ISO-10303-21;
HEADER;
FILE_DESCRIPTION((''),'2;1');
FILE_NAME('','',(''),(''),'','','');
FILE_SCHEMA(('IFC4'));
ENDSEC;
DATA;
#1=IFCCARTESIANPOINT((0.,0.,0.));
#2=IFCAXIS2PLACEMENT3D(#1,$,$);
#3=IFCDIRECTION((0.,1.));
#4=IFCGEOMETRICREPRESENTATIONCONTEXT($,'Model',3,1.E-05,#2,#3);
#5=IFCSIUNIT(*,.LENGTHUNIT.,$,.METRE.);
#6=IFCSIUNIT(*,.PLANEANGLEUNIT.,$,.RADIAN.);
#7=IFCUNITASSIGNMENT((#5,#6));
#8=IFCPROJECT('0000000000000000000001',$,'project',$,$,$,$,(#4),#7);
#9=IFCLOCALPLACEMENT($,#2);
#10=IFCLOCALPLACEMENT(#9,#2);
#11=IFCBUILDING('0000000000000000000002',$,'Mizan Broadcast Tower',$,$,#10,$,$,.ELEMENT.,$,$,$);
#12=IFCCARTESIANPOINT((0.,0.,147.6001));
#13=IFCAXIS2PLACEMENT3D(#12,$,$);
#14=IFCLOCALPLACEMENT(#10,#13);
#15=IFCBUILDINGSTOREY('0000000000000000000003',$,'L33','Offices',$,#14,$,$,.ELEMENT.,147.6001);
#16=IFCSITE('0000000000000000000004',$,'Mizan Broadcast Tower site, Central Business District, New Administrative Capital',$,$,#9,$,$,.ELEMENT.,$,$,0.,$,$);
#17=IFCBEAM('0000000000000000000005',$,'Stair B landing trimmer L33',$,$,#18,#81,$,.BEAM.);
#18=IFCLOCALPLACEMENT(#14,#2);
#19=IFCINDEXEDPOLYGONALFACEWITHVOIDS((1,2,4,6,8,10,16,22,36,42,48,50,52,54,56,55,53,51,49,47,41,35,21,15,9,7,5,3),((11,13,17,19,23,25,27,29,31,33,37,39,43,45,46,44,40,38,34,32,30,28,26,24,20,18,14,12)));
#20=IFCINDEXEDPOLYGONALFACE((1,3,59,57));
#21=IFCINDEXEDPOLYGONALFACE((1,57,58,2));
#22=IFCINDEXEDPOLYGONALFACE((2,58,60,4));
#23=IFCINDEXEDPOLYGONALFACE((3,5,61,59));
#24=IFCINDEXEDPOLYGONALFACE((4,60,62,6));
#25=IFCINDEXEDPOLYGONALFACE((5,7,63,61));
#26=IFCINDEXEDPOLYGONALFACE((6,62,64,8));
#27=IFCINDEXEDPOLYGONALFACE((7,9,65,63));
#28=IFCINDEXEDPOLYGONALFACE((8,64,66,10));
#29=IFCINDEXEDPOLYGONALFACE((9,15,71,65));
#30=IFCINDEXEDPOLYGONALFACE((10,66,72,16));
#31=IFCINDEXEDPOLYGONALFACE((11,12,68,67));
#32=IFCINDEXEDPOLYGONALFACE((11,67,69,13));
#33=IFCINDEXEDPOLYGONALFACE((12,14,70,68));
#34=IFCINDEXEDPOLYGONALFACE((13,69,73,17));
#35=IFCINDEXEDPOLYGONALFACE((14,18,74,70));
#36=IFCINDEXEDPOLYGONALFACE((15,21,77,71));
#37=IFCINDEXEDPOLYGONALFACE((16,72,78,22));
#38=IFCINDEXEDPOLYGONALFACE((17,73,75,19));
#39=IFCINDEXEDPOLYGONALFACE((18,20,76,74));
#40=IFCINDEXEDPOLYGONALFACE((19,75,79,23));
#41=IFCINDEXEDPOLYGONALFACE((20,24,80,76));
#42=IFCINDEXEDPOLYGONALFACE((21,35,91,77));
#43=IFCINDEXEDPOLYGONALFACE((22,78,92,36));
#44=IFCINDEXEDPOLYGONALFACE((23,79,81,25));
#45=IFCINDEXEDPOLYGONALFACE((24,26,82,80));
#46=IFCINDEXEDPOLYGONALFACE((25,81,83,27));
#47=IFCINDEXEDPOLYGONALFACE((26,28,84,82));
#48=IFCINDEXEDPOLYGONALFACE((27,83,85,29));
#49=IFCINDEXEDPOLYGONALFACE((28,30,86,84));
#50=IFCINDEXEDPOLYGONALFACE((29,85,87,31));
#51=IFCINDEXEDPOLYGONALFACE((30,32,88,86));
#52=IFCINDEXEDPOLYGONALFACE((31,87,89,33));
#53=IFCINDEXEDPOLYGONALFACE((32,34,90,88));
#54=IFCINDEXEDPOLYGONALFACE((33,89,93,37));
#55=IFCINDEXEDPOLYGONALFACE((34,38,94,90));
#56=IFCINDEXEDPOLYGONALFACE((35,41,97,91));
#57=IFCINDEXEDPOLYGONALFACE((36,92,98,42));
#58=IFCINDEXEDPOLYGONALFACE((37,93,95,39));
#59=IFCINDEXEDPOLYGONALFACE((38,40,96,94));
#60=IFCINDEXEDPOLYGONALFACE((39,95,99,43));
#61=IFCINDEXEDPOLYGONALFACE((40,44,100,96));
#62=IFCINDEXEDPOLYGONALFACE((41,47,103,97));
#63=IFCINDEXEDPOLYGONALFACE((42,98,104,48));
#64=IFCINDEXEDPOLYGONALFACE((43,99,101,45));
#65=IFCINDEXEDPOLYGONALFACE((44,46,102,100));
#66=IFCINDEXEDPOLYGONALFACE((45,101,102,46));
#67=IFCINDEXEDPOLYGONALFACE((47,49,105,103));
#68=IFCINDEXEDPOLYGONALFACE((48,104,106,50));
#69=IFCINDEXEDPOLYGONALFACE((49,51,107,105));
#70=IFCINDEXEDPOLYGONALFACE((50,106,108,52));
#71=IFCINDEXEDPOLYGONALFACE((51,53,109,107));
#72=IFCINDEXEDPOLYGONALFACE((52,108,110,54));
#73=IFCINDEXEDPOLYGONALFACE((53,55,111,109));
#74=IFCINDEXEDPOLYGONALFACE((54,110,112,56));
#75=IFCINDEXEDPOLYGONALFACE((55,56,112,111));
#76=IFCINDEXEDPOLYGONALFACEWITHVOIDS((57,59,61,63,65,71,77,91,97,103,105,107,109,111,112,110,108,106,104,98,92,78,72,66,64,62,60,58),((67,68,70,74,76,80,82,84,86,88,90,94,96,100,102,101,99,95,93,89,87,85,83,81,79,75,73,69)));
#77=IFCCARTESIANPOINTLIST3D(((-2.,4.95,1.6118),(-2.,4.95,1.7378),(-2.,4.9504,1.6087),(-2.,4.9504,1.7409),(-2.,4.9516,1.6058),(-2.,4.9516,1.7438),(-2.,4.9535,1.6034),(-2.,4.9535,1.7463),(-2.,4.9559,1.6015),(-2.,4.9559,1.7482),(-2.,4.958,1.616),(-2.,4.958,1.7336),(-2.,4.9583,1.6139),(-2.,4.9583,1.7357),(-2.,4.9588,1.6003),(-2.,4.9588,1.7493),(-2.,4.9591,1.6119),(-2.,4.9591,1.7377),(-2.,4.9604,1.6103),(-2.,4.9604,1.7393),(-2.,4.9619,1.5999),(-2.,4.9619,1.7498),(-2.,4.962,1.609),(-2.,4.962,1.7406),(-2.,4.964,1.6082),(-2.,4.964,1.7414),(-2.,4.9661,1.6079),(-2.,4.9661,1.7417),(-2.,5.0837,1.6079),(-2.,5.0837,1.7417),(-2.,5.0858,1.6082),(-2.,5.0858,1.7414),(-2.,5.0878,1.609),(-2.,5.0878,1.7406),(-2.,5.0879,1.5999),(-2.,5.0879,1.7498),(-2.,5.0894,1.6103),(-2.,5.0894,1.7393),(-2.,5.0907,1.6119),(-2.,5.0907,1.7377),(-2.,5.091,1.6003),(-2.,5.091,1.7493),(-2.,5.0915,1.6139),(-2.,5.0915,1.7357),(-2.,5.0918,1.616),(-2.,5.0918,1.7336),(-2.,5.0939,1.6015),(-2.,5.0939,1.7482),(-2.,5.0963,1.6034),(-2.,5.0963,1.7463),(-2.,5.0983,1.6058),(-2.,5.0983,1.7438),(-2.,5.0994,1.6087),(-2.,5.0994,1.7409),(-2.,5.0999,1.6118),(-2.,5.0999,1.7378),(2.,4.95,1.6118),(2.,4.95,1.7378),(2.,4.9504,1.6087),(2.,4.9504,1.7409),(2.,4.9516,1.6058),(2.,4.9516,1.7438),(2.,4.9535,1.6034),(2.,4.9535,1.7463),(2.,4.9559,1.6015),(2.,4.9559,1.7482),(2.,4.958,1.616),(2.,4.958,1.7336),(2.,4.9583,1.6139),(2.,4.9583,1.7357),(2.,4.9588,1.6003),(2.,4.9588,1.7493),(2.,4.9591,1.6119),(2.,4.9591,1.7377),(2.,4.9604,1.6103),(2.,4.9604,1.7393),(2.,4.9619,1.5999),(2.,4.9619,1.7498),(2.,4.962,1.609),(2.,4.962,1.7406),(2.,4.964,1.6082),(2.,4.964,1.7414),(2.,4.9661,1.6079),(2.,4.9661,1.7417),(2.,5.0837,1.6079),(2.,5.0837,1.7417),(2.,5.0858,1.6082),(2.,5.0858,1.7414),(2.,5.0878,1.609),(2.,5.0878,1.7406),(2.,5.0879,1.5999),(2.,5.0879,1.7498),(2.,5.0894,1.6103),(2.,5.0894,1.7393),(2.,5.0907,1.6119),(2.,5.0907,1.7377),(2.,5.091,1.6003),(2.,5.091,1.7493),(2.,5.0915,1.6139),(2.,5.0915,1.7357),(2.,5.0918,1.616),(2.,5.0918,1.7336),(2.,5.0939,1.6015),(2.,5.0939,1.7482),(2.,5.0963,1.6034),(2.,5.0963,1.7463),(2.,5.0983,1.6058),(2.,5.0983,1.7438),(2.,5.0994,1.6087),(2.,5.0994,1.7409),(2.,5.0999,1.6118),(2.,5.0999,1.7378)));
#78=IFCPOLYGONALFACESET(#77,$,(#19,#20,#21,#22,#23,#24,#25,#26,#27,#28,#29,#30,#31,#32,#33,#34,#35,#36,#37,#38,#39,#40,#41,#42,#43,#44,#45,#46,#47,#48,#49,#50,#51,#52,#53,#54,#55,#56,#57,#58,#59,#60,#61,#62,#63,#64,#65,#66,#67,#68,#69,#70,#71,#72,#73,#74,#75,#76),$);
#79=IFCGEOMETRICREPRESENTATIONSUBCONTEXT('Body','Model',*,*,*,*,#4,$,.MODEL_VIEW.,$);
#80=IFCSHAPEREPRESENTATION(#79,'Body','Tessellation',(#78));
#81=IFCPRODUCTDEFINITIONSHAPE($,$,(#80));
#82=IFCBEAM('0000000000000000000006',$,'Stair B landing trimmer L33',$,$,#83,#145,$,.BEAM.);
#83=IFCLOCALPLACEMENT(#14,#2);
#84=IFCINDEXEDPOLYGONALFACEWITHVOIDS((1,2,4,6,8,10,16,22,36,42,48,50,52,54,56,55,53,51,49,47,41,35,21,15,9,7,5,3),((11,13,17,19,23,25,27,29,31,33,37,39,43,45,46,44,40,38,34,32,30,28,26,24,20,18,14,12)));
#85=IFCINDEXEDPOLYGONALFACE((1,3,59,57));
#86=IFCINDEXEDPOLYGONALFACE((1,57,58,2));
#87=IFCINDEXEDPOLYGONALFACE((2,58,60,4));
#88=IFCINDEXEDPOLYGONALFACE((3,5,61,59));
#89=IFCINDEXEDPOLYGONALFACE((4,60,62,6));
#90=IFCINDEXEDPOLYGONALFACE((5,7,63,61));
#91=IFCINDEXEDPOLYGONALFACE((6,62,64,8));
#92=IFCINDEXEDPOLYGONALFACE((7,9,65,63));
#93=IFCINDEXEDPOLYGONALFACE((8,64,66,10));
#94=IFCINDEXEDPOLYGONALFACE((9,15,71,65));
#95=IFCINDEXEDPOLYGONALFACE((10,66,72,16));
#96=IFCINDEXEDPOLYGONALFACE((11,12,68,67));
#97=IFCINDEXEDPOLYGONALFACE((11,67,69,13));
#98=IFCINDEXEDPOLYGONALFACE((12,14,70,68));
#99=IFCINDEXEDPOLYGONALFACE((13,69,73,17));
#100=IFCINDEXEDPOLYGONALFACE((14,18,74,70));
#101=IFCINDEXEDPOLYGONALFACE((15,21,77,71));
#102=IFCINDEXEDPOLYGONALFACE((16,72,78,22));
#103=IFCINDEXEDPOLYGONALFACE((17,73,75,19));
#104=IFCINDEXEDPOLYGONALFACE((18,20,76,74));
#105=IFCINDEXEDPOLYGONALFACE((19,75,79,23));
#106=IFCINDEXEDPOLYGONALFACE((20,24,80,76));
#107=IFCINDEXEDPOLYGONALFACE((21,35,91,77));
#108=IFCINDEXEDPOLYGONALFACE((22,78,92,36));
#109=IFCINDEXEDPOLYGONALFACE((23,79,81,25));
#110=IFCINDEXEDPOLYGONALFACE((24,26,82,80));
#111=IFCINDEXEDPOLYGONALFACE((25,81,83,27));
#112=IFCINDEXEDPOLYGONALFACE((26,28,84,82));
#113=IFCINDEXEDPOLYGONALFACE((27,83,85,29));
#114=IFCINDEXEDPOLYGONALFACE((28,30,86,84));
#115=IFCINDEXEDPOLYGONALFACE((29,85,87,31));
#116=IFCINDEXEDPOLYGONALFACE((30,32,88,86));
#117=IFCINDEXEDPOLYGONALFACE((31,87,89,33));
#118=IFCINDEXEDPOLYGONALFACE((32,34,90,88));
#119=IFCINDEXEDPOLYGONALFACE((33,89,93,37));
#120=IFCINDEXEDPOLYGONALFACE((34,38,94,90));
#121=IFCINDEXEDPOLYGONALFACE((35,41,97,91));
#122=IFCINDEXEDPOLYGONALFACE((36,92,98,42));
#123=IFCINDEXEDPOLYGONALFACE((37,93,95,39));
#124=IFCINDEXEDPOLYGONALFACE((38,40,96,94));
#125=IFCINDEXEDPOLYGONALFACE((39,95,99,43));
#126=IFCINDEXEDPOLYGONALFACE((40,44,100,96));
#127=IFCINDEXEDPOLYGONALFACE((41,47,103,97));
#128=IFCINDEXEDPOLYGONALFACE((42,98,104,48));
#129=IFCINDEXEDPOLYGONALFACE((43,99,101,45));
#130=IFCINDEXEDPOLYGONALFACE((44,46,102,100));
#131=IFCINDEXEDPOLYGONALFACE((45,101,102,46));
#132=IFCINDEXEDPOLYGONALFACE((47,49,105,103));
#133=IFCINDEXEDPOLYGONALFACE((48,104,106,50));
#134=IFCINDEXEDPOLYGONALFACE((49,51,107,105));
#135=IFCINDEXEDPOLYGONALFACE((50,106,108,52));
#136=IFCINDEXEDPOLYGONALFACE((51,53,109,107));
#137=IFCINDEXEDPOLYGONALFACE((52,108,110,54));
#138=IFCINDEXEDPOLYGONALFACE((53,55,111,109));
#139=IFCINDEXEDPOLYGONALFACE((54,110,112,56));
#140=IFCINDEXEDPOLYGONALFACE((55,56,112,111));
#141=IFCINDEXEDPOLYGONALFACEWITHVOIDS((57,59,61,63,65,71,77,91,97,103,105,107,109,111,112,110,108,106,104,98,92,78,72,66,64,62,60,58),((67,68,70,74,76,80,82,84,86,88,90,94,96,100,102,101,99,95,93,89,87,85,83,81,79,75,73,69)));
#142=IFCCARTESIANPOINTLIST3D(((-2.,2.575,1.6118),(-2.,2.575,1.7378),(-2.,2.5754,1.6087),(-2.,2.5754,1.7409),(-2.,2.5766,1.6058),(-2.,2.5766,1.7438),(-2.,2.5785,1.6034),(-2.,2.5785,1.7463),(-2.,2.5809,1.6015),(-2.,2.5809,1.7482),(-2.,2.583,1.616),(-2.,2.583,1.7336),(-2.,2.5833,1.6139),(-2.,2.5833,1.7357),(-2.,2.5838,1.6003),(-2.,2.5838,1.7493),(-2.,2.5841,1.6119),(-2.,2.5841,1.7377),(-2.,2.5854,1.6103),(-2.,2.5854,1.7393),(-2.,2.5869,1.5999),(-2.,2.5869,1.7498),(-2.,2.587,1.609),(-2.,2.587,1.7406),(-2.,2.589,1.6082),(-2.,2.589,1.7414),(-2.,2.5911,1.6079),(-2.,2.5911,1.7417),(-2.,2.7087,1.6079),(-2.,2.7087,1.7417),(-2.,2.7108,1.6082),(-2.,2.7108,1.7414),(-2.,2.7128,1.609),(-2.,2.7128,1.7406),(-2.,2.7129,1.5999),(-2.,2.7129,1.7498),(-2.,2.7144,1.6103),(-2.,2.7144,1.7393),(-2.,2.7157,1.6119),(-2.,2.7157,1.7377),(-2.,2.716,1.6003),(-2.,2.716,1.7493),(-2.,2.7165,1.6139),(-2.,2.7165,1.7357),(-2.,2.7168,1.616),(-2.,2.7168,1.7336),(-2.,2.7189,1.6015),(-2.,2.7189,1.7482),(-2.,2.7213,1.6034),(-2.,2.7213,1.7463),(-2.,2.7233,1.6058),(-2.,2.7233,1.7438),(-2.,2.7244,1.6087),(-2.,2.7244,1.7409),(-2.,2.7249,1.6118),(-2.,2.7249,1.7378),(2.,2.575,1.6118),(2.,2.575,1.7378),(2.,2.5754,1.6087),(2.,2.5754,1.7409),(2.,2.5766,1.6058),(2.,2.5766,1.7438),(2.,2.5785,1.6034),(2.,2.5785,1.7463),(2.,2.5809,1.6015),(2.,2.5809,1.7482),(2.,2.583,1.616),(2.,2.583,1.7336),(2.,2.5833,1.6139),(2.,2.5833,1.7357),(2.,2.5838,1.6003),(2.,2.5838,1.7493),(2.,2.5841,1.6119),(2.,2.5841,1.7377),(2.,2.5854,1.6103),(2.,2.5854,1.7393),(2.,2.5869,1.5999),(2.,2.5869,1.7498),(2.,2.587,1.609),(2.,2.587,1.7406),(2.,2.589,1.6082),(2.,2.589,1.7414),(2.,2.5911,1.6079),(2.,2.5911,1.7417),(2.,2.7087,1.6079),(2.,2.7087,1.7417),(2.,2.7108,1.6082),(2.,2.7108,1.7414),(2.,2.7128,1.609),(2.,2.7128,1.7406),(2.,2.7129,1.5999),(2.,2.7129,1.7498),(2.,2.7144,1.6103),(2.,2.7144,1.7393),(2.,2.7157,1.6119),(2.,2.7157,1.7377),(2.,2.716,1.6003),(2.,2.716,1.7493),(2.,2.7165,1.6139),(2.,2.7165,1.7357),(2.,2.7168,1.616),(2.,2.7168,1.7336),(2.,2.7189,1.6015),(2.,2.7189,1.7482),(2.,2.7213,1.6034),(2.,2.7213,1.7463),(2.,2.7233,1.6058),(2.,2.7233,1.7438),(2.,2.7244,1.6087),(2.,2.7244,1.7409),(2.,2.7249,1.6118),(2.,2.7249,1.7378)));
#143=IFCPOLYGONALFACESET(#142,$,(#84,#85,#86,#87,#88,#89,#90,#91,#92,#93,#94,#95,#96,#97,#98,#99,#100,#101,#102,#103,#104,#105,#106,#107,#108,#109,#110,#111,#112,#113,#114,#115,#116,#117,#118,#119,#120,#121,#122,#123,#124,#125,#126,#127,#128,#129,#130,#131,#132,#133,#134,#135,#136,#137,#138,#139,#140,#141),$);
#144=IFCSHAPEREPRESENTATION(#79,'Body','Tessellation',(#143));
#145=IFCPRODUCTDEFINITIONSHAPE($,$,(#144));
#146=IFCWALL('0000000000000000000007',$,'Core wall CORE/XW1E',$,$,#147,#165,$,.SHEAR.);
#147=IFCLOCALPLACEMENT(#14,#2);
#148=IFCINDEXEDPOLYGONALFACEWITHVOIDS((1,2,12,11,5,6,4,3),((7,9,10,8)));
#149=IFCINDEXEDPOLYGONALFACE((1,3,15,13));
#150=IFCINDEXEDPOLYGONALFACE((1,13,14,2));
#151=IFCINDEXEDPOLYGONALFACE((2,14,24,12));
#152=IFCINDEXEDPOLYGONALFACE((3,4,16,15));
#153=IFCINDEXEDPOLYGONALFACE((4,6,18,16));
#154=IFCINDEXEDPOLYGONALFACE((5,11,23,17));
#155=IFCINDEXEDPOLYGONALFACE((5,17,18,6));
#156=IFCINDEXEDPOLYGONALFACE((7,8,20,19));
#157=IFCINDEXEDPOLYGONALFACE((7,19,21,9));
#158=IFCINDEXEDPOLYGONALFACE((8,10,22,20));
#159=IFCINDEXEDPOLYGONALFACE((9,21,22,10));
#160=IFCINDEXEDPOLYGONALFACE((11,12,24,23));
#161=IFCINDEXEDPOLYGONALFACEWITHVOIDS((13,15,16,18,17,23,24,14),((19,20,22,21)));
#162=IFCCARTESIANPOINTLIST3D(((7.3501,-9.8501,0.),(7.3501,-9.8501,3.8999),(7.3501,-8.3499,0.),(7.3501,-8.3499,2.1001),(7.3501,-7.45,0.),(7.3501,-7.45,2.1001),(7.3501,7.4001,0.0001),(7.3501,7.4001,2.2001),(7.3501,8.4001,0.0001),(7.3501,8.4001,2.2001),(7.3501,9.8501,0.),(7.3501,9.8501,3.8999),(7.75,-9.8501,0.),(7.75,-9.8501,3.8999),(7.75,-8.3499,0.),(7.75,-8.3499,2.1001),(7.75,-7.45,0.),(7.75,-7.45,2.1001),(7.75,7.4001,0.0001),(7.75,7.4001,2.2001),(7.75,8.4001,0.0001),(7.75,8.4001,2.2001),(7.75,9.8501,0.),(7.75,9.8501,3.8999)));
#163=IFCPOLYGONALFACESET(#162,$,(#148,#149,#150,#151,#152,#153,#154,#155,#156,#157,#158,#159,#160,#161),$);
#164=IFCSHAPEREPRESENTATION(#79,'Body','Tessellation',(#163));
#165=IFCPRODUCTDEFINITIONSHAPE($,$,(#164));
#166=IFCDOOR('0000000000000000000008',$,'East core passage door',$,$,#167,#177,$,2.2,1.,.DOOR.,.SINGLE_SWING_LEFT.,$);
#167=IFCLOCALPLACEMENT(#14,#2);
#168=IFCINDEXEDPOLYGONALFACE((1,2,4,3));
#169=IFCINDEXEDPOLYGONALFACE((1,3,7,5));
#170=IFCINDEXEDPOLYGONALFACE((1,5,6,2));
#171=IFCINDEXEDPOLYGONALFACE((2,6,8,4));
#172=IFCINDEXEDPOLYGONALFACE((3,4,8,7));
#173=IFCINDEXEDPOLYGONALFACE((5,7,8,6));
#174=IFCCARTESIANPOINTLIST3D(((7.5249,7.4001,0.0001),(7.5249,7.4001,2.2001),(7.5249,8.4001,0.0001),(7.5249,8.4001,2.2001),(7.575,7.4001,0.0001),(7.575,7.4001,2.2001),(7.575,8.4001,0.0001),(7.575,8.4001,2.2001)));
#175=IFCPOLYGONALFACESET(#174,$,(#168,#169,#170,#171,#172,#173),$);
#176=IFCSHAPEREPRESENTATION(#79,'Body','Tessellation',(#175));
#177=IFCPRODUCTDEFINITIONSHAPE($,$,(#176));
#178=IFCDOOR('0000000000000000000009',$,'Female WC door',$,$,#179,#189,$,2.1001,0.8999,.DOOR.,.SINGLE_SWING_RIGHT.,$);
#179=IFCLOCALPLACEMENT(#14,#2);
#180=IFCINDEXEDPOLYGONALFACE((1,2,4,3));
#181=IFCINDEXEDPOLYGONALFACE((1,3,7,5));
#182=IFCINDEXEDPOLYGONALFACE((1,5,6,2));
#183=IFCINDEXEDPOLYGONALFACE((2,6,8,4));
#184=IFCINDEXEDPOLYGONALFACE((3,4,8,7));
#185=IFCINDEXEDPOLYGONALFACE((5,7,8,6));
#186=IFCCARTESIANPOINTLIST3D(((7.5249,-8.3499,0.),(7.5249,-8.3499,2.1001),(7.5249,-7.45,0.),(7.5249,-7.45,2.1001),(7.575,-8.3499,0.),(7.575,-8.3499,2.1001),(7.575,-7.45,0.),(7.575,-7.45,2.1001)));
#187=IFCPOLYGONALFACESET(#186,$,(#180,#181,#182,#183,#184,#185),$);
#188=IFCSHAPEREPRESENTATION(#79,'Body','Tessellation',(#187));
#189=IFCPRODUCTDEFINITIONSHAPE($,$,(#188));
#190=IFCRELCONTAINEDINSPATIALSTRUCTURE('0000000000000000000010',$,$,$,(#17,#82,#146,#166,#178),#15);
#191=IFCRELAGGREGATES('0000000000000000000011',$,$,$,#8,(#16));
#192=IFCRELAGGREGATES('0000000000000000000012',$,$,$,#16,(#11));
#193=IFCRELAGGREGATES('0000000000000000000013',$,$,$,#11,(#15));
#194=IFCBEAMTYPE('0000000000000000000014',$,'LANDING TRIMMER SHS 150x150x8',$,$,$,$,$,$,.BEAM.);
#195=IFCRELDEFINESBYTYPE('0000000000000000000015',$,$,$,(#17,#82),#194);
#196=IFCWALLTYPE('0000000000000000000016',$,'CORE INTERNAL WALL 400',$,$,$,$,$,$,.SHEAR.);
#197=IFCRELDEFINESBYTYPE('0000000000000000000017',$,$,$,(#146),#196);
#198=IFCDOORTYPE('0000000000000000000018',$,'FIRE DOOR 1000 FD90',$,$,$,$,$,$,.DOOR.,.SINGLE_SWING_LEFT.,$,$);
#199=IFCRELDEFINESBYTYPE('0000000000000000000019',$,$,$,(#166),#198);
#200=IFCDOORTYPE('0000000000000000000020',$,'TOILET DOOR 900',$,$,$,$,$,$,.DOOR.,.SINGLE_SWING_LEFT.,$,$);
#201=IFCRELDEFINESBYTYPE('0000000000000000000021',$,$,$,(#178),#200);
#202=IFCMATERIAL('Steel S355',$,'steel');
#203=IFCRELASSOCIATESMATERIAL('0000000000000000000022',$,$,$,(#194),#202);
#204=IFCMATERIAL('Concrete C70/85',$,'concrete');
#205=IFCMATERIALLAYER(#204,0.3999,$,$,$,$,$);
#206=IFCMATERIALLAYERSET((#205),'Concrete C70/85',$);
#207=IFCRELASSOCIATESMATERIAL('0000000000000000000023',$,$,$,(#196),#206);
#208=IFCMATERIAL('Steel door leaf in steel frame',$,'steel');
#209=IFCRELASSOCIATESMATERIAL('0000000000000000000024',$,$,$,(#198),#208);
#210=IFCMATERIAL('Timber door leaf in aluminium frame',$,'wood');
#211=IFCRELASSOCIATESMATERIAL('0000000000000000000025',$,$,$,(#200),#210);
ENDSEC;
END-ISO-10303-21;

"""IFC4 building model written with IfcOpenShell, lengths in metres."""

from ifc_helpers import new_model, si_unit, direction, frame, frame_2d, origin, origin_2d, place, context, subcontext, project, spatial, rectangle, hollow_rectangle, extrude, material, layer, layer_set, material_profile, profile_set, type_object, element, fill, save


model = new_model("IFC4")

# Units and contexts
model_context = context("Model", 3, precision=1e-05, world=origin(), true_north=direction((0.0, 1.0)))
body_context = subcontext(model_context, "Body", "Model", "MODEL_VIEW")
ifc_project = project(units=[si_unit("LENGTHUNIT", "METRE"), si_unit("PLANEANGLEUNIT", "RADIAN")], contexts=[model_context])

# Site, building, storey
site_placement = place(None, origin())
site = spatial("IfcSite", under=ifc_project, at=site_placement, Name="Mizan Broadcast Tower site, Central Business District, New Administrative Capital", CompositionType="ELEMENT", RefElevation=0.0)
building_placement = place(site_placement, origin())
building = spatial("IfcBuilding", under=site, at=building_placement, Name="Mizan Broadcast Tower", CompositionType="ELEMENT")
storey_placement = place(building_placement, frame((0.0, 0.0, 147.6001)))
storey = spatial("IfcBuildingStorey", under=building, at=storey_placement, Name="L33", Description="Offices", CompositionType="ELEMENT", Elevation=147.6001)

# Beams
ifc_material_1 = material(Name="Steel S355", Category="steel")
ifc_material_profile = material_profile(ifc_material_1, hollow_rectangle(XDim=0.1499, YDim=0.1499, WallThickness=0.0081, InnerFilletRadius=0.0081, OuterFilletRadius=0.012, at=origin_2d()), Name="SHS 150x150x8")
ifc_profile_set = profile_set([ifc_material_profile], Name="Steel S355")
beam_type = type_object("IfcBeamType", Name="LANDING TRIMMER SHS 150x150x8", PredefinedType="BEAM", material=ifc_profile_set)
for number, where, z_axis, x_axis, name in (
    (1, (2.0, 5.0249, 1.6748), (-1.0, 0.0, 0.0), (0.0, -1.0, 0.0), "Stair B landing trimmer L33"),
    (2, (2.0, 2.6499, 1.6748), (-1.0, 0.0, 0.0), (0.0, -1.0, 0.0), "Stair B landing trimmer L33"),
):
    element("IfcBeam", number, at=place(storey_placement, frame(where, z_axis=z_axis, x_axis=x_axis)), inside=storey, type_object=beam_type, Name=name, PredefinedType="BEAM", context=body_context, shape_type="SweptSolid", body=[
        extrude(hollow_rectangle(XDim=0.1499, YDim=0.1499, WallThickness=0.0081, InnerFilletRadius=0.0081, OuterFilletRadius=0.012, at=origin_2d()), origin(), (0.0, 0.0, 1.0), 4.0),
    ])

# Wall, openings, doors
ifc_material_2 = material(Name="Concrete C70/85", Category="concrete")
ifc_layer_1 = layer(ifc_material_2, 0.3999)
ifc_layer_set_1 = layer_set([ifc_layer_1], Name="Concrete C70/85")
wall_type_1 = type_object("IfcWallType", Name="CORE INTERNAL WALL 400", PredefinedType="SHEAR", material=ifc_layer_set_1)
wall_1_placement = place(storey_placement, frame((7.55, 9.8501, 0.0), z_axis=(0.0, 0.0, 1.0), x_axis=(0.0, -1.0, 0.0)))
wall_1 = element("IfcWall", 3, at=wall_1_placement, inside=storey, type_object=wall_type_1, Name="Core wall CORE/XW1E", PredefinedType="SHEAR", context=body_context, shape_type="SweptSolid", body=[
    extrude(rectangle(XDim=19.7002, YDim=0.3999, at=frame_2d((9.8501, 0.0))), origin(), (0.0, 0.0, 1.0), 3.8999),
])
opening_1_placement = place(wall_1_placement, frame((1.45, 0.0, 0.0)))
opening_1 = element("IfcOpeningElement", 4, at=opening_1_placement, cuts=wall_1, PredefinedType="OPENING", context=body_context, shape_type="SweptSolid", body=[
    extrude(rectangle(XDim=1.0, YDim=2.2, at=frame_2d((0.5, 1.1001))), frame((0.0, 0.21, 0.0), z_axis=(0.0, -1.0, 0.0), x_axis=(1.0, 0.0, 0.0)), (0.0, 0.0, 1.0), 0.4199),
])
opening_2_placement = place(wall_1_placement, frame((17.3, 0.0, 0.0)))
opening_2 = element("IfcOpeningElement", 5, at=opening_2_placement, cuts=wall_1, PredefinedType="OPENING", context=body_context, shape_type="SweptSolid", body=[
    extrude(rectangle(XDim=0.8999, YDim=2.1001, at=frame_2d((0.45, 1.05))), frame((0.0, 0.21, 0.0), z_axis=(0.0, -1.0, 0.0), x_axis=(1.0, 0.0, 0.0)), (0.0, 0.0, 1.0), 0.4199),
])
ifc_material_3 = material(Name="Steel door leaf in steel frame", Category="steel")
door_type_1 = type_object("IfcDoorType", Name="FIRE DOOR 1000 FD90", OperationType="SINGLE_SWING_LEFT", PredefinedType="DOOR", material=ifc_material_3)
door_1_placement = place(opening_1_placement, origin())
door_1 = element("IfcDoor", 6, at=door_1_placement, inside=storey, type_object=door_type_1, Name="East core passage door", OperationType="SINGLE_SWING_LEFT", OverallHeight=2.2, OverallWidth=1.0, PredefinedType="DOOR", context=body_context, shape_type="SweptSolid", body=[
    extrude(rectangle(XDim=1.0, YDim=2.2, at=frame_2d((0.5, 1.1001))), frame((0.0, 0.0249, 0.0), z_axis=(0.0, -1.0, 0.0), x_axis=(1.0, 0.0, 0.0)), (0.0, 0.0, 1.0), 0.05),
])
fill(opening_1, door_1)
ifc_material_4 = material(Name="Timber door leaf in aluminium frame", Category="wood")
door_type_2 = type_object("IfcDoorType", Name="TOILET DOOR 900", OperationType="SINGLE_SWING_LEFT", PredefinedType="DOOR", material=ifc_material_4)
door_2_placement = place(opening_2_placement, origin())
door_2 = element("IfcDoor", 7, at=door_2_placement, inside=storey, type_object=door_type_2, Name="Female WC door", OperationType="SINGLE_SWING_RIGHT", OverallHeight=2.1001, OverallWidth=0.8999, PredefinedType="DOOR", context=body_context, shape_type="SweptSolid", body=[
    extrude(rectangle(XDim=0.8999, YDim=2.1001, at=frame_2d((0.45, 1.05))), frame((0.0, 0.0249, 0.0), z_axis=(0.0, -1.0, 0.0), x_axis=(1.0, 0.0, 0.0)), (0.0, 0.0, 1.0), 0.05),
])
fill(opening_2, door_2)

save(model, "model.ifc")
